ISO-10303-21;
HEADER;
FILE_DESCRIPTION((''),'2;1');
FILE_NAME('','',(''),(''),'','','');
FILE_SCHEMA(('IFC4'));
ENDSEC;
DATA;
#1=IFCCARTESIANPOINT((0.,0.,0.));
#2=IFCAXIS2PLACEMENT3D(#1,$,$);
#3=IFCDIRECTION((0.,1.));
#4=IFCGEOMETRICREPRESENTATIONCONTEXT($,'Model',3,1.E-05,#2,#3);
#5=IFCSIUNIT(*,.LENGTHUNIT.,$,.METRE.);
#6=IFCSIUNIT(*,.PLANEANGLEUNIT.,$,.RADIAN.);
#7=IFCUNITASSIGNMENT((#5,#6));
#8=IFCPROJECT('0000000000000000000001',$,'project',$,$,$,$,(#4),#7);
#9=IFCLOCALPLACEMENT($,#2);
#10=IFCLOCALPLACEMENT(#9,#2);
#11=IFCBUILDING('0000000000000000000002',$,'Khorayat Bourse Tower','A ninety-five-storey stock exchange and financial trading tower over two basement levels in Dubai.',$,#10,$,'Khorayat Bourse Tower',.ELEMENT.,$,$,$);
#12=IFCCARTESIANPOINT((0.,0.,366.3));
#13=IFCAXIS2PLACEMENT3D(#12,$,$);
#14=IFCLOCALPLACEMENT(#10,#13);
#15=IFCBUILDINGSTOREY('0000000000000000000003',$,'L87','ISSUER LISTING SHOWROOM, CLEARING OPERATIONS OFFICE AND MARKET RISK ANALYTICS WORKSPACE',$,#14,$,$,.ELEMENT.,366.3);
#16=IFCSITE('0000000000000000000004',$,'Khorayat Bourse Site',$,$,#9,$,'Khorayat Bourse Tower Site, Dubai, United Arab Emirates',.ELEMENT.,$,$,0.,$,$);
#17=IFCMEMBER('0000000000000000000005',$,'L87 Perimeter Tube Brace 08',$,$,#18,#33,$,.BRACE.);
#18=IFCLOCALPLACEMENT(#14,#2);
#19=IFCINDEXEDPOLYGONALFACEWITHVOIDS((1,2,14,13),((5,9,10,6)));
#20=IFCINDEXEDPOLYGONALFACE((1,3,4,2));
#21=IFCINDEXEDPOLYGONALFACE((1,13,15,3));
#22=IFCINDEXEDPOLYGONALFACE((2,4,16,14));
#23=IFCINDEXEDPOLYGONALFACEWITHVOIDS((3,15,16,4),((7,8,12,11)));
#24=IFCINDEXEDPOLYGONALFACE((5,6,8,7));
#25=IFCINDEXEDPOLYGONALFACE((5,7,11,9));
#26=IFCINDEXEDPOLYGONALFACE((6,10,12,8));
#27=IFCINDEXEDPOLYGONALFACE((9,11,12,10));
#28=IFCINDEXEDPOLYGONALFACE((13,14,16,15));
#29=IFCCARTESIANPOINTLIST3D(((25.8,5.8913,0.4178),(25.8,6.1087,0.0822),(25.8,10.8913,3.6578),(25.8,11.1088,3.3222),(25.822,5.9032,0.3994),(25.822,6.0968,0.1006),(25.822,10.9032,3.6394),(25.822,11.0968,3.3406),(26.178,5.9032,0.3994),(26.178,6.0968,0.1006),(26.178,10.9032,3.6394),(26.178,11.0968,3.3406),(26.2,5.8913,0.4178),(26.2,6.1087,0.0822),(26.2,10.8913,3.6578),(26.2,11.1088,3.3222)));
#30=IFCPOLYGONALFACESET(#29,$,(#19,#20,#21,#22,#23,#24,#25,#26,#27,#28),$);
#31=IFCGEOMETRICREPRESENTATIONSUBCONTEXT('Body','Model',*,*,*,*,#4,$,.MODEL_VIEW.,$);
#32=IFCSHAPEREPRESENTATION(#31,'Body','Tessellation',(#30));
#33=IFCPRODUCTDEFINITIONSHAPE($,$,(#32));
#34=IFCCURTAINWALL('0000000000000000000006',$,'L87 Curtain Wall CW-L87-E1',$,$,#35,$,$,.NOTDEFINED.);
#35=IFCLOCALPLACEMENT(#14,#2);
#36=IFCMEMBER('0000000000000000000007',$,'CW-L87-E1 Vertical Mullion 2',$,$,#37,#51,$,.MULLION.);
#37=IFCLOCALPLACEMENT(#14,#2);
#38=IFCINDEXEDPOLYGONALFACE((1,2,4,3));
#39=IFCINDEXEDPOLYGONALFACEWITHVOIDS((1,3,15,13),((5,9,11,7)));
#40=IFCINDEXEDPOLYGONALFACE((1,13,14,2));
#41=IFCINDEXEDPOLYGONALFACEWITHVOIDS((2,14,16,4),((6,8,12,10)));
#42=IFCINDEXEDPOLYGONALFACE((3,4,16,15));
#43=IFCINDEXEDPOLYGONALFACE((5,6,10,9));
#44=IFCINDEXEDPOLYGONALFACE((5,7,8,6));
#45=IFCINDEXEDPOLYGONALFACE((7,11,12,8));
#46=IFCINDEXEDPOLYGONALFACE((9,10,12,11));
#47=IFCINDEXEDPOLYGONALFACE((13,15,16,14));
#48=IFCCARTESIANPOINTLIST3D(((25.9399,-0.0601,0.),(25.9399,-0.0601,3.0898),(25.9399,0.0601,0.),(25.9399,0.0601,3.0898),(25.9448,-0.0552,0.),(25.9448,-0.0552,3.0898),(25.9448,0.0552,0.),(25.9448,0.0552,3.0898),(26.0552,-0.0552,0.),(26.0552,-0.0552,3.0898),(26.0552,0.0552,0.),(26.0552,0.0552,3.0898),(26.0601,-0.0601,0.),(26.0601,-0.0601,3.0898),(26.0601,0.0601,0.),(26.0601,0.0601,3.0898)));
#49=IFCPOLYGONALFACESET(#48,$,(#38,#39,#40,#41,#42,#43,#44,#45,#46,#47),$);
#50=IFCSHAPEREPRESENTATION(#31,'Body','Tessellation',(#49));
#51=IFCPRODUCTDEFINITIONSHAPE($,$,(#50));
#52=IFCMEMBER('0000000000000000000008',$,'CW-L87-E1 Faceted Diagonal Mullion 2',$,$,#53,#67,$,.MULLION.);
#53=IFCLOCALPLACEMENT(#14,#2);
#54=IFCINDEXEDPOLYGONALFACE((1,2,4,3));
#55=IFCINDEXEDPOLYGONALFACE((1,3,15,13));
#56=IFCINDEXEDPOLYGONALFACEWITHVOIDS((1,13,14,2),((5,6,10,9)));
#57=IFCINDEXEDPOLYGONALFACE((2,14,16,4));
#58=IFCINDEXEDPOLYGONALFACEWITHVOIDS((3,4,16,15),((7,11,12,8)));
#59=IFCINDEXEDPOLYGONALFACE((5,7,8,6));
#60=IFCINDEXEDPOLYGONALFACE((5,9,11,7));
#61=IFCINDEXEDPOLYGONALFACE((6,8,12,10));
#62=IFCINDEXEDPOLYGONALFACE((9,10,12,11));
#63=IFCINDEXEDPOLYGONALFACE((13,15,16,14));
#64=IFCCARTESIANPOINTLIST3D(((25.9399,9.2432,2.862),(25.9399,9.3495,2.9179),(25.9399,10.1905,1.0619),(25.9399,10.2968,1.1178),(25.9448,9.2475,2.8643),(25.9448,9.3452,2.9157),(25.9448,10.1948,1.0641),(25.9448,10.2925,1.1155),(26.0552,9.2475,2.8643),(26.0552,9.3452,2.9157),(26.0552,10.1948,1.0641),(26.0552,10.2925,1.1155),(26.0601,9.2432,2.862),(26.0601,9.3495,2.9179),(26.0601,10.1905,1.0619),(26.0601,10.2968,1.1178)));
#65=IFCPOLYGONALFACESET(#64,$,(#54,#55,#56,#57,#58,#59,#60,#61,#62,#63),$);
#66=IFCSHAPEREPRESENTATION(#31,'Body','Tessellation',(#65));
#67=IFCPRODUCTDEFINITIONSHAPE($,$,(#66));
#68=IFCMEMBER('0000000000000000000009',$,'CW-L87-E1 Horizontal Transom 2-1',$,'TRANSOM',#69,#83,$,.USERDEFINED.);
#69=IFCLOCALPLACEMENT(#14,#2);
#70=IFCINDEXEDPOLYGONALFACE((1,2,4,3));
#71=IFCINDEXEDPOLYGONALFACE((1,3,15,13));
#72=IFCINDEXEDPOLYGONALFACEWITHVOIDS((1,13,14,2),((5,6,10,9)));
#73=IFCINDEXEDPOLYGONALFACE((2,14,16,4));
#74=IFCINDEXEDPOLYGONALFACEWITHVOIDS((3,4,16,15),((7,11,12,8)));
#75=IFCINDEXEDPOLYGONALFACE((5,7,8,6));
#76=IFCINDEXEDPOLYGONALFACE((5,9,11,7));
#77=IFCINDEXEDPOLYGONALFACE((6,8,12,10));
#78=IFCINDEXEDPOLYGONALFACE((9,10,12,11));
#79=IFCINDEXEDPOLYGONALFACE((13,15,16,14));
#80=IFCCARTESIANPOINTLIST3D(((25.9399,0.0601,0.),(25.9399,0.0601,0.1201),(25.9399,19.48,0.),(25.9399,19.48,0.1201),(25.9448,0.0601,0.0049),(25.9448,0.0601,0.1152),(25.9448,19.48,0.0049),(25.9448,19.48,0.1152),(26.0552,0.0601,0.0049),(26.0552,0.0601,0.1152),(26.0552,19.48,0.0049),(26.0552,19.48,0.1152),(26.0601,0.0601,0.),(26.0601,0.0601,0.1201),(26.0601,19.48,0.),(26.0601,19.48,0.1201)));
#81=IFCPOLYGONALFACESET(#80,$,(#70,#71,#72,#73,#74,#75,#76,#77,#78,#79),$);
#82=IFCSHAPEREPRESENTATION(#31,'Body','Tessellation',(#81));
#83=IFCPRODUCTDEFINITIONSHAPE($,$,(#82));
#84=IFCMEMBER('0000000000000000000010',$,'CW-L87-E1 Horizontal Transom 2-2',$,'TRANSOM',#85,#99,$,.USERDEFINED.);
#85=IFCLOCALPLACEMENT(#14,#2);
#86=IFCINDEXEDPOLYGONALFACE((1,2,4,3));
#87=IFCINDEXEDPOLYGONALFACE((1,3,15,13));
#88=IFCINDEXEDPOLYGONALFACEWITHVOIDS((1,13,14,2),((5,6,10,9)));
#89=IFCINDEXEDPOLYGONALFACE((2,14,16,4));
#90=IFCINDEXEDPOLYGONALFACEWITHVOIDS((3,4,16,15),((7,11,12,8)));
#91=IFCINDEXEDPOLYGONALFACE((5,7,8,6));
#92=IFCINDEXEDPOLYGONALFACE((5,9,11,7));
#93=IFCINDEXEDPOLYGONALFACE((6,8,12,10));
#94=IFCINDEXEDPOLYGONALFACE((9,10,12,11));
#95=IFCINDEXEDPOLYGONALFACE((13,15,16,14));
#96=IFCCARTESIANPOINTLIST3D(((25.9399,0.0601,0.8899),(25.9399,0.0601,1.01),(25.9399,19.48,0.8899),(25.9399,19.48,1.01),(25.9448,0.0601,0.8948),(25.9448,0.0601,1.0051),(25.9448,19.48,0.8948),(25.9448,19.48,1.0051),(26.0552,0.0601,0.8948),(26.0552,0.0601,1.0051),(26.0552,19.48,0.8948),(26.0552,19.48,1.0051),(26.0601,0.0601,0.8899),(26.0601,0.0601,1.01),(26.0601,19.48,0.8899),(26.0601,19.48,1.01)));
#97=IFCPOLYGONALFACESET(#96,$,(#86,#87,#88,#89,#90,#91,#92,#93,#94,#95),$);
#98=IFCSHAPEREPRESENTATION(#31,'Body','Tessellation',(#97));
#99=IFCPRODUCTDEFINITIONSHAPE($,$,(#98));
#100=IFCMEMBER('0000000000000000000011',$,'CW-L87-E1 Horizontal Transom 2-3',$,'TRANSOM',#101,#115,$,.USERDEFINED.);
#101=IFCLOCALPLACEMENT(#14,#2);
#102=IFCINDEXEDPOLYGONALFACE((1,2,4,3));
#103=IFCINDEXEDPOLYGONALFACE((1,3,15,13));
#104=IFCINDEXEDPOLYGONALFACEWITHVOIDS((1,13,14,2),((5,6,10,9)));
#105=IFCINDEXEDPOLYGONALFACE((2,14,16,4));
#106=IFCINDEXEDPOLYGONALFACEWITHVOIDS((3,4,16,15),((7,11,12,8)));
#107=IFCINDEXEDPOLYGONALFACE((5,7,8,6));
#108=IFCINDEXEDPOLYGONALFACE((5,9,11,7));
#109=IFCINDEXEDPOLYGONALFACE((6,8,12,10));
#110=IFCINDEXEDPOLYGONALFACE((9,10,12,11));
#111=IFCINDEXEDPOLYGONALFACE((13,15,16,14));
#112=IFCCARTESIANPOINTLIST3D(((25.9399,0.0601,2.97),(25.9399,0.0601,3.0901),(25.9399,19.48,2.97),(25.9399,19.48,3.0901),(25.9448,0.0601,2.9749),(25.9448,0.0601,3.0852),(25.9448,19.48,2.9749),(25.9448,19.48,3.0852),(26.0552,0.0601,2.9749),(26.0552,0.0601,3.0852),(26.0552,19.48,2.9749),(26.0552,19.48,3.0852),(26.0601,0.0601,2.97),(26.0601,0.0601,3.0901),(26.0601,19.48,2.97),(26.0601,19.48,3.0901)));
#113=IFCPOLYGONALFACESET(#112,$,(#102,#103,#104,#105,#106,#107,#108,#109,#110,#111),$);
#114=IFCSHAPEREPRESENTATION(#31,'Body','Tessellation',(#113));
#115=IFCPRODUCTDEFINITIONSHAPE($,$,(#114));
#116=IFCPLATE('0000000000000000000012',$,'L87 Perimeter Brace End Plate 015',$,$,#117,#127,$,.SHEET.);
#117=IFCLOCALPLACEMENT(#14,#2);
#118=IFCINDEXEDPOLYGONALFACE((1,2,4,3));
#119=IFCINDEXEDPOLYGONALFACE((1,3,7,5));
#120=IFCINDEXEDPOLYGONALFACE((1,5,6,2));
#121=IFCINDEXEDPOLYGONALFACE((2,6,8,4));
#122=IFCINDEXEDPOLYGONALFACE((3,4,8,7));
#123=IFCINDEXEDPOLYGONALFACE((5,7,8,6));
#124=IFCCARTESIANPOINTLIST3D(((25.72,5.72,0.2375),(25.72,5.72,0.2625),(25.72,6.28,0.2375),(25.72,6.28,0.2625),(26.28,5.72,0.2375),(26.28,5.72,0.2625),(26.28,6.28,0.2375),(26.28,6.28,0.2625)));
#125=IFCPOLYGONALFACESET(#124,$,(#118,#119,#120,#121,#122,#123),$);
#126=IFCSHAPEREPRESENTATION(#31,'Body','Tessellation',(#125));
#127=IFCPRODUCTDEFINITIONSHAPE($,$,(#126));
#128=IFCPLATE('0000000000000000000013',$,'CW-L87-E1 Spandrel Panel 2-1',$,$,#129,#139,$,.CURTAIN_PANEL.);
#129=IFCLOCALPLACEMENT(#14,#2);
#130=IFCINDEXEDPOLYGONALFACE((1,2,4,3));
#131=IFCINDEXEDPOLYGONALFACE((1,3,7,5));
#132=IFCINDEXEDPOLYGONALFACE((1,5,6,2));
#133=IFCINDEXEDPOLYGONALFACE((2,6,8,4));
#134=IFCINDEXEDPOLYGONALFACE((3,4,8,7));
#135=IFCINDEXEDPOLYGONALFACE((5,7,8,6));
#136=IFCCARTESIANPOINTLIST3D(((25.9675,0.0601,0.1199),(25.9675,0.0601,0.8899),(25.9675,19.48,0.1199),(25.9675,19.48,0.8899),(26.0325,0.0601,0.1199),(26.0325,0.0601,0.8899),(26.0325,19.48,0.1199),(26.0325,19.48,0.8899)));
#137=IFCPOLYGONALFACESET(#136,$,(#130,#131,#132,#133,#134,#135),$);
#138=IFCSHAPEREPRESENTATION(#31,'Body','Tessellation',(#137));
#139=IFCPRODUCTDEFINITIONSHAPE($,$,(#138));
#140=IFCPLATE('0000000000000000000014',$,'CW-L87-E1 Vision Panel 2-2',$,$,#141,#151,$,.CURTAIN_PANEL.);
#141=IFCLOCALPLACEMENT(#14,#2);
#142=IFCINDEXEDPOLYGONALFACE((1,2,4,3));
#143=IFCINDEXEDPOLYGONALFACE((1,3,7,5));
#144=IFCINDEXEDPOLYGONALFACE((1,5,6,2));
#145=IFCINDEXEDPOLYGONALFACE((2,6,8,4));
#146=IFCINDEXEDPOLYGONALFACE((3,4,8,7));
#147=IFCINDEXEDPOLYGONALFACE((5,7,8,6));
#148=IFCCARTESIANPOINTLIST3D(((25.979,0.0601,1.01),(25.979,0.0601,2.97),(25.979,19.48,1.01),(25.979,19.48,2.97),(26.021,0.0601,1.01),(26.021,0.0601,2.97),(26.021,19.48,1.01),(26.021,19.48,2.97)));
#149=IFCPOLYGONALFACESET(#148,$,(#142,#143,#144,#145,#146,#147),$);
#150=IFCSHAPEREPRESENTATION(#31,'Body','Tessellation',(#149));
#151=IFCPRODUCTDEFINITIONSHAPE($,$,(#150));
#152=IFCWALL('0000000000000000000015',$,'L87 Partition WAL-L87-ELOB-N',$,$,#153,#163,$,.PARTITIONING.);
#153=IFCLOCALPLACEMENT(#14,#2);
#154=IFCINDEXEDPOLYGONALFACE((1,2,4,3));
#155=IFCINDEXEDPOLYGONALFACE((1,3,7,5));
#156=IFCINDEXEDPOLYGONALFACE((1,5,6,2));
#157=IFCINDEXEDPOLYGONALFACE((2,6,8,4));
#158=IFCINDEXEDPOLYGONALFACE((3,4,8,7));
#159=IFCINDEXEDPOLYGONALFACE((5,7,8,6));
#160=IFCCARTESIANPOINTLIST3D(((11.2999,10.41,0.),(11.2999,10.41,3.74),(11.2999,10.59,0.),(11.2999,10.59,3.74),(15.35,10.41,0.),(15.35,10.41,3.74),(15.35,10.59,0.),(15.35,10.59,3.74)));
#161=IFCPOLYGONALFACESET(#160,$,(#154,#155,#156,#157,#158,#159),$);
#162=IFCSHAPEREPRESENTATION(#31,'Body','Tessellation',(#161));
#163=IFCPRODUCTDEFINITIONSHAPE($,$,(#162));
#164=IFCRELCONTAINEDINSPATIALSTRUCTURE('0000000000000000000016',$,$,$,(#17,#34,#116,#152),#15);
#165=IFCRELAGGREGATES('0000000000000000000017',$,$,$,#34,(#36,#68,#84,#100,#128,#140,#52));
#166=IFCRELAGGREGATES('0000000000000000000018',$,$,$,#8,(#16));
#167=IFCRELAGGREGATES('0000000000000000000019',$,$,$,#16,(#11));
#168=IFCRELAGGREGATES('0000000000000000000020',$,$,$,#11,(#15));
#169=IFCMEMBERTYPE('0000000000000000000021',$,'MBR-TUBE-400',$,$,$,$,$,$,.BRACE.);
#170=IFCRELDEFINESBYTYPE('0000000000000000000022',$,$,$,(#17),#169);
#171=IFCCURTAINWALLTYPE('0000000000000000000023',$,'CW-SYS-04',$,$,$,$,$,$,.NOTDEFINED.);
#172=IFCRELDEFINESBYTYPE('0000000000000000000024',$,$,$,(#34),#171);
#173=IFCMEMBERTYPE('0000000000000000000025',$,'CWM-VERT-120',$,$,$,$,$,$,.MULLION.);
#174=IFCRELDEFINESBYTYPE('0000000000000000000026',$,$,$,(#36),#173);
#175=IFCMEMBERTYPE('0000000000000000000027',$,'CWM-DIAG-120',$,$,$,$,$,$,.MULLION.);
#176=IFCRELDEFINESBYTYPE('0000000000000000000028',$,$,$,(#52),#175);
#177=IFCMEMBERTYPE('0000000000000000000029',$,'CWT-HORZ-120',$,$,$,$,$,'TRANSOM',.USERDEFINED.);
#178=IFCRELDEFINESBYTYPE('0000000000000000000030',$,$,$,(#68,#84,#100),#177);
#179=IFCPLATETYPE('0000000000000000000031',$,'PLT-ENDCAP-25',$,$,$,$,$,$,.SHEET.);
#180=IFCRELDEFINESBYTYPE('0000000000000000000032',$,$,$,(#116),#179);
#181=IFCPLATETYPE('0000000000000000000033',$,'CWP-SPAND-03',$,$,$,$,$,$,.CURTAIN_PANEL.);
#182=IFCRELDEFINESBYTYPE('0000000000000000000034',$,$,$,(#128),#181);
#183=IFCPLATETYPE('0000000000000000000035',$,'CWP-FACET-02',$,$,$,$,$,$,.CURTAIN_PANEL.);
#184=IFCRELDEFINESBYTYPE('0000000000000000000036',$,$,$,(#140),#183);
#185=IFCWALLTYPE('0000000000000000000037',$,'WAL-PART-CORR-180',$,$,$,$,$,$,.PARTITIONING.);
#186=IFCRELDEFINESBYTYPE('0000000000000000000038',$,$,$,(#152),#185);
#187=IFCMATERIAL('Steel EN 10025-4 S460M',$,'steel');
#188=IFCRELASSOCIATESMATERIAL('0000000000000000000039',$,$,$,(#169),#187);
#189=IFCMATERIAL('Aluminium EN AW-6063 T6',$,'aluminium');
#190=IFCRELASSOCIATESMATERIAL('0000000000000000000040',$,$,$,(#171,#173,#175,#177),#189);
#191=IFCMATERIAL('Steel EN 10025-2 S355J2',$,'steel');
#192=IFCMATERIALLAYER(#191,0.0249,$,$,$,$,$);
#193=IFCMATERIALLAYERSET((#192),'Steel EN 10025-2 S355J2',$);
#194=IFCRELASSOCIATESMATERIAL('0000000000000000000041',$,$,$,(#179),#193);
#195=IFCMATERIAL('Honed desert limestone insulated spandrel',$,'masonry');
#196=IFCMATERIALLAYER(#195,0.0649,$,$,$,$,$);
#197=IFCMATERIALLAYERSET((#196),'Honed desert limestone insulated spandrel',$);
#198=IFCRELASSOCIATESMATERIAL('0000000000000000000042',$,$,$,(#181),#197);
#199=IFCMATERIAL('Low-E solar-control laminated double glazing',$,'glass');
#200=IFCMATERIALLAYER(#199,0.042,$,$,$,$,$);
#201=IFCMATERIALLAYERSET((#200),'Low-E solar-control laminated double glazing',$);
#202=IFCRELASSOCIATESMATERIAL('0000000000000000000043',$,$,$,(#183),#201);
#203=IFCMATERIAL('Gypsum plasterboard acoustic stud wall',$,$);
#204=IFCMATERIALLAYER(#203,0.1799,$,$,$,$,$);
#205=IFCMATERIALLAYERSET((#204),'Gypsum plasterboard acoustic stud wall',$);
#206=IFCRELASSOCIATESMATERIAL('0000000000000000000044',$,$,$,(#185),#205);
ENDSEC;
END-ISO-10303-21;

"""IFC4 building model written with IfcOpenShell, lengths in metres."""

from ifc_helpers import new_model, si_unit, direction, frame, frame_2d, origin, origin_2d, place, context, subcontext, project, spatial, rectangle, hollow_rectangle, extrude, source, transform, mapped, material, layer, layer_set, material_profile, profile_set, type_object, element, aggregate, save


model = new_model("IFC4")

# Units and contexts
model_context = context("Model", 3, precision=1e-05, world=origin(), true_north=direction((0.0, 1.0)))
body_context = subcontext(model_context, "Body", "Model", "MODEL_VIEW")
ifc_project = project(units=[si_unit("LENGTHUNIT", "METRE"), si_unit("PLANEANGLEUNIT", "RADIAN")], contexts=[model_context])

# Site, building, storey
site_placement = place(None, origin())
site = spatial("IfcSite", under=ifc_project, at=site_placement, Name="Khorayat Bourse Site", LongName="Khorayat Bourse Tower Site, Dubai, United Arab Emirates", CompositionType="ELEMENT", RefElevation=0.0)
building_placement = place(site_placement, origin())
building = spatial("IfcBuilding", under=site, at=building_placement, Name="Khorayat Bourse Tower", Description="A ninety-five-storey stock exchange and financial trading tower over two basement levels in Dubai.", LongName="Khorayat Bourse Tower", CompositionType="ELEMENT")
storey_placement = place(building_placement, frame((0.0, 0.0, 366.3)))
storey = spatial("IfcBuildingStorey", under=building, at=storey_placement, Name="L87", Description="ISSUER LISTING SHOWROOM, CLEARING OPERATIONS OFFICE AND MARKET RISK ANALYTICS WORKSPACE", CompositionType="ELEMENT", Elevation=366.3)

# Shared definitions
ifc_material_1 = material(Name="Steel EN 10025-2 S355J2", Category="steel")

# Member
ifc_material_2 = material(Name="Steel EN 10025-4 S460M", Category="steel")
ifc_material_profile_1 = material_profile(ifc_material_2, hollow_rectangle(XDim=0.3999, YDim=0.3999, WallThickness=0.022, at=origin_2d()), Name="HSS 400x400x22")
ifc_profile_set_1 = profile_set([ifc_material_profile_1], Name="Steel EN 10025-4 S460M")
member_type_1 = type_object("IfcMemberType", Name="MBR-TUBE-400", PredefinedType="BRACE", material=ifc_profile_set_1)
shared_shape_1 = source(origin(), body_context, "Body", "SweptSolid", [
    extrude(hollow_rectangle(XDim=0.3999, YDim=0.3999, WallThickness=0.022, at=origin_2d()), origin(), (0.0, 0.0, 1.0), 5.958),
])
member_1_placement = place(storey_placement, frame((26.0, 6.0, 0.25), z_axis=(0.0, 0.83921, 0.543807), x_axis=(-1.0, 0.0, 0.0)))
element("IfcMember", 1, at=member_1_placement, inside=storey, type_object=member_type_1, Name="L87 Perimeter Tube Brace 08", PredefinedType="BRACE", context=body_context, shape_type="MappedRepresentation", body=[
    mapped(shared_shape_1, transform((0.0, 0.0, 0.0), scale=1.0)),
])

# Curtain wall, members
ifc_material_3 = material(Name="Aluminium EN AW-6063 T6", Category="aluminium")
curtain_wall_type = type_object("IfcCurtainWallType", Name="CW-SYS-04", PredefinedType="NOTDEFINED", material=ifc_material_3)
curtain_wall_placement = place(storey_placement, origin())
curtain_wall = element("IfcCurtainWall", 2, at=curtain_wall_placement, inside=storey, type_object=curtain_wall_type, Name="L87 Curtain Wall CW-L87-E1", PredefinedType="NOTDEFINED")
ifc_material_profile_2 = material_profile(ifc_material_3, hollow_rectangle(XDim=0.1201, YDim=0.1201, WallThickness=0.0049, at=origin_2d()), Name="ALU 120x120x5")
ifc_profile_set_2 = profile_set([ifc_material_profile_2], Name="Aluminium EN AW-6063 T6")
member_type_2 = type_object("IfcMemberType", Name="CWM-VERT-120", PredefinedType="MULLION", material=ifc_profile_set_2)
shared_shape_2 = source(origin(), body_context, "Body", "SweptSolid", [
    extrude(hollow_rectangle(XDim=0.1201, YDim=0.1201, WallThickness=0.0049, at=origin_2d()), origin(), (0.0, 0.0, 1.0), 3.0898),
])
member_2_placement = place(storey_placement, frame((26.0, 0.0, 0.0), z_axis=(0.0, 0.0, 1.0), x_axis=(-1.0, 0.0, 0.0)))
member_2 = element("IfcMember", 3, at=member_2_placement, type_object=member_type_2, Name="CW-L87-E1 Vertical Mullion 2", PredefinedType="MULLION", context=body_context, shape_type="MappedRepresentation", body=[
    mapped(shared_shape_2, transform((0.0, 0.0, 0.0), scale=1.0)),
])
ifc_material_profile_3 = material_profile(ifc_material_3, hollow_rectangle(XDim=0.1201, YDim=0.1201, WallThickness=0.0049, at=origin_2d()), Name="ALU 120x120x5")
ifc_profile_set_3 = profile_set([ifc_material_profile_3], Name="Aluminium EN AW-6063 T6")
member_type_3 = type_object("IfcMemberType", Name="CWM-DIAG-120", PredefinedType="MULLION", material=ifc_profile_set_3)
shared_shape_3 = source(origin(), body_context, "Body", "SweptSolid", [
    extrude(hollow_rectangle(XDim=0.1201, YDim=0.1201, WallThickness=0.0049, at=origin_2d()), origin(), (0.0, 0.0, 1.0), 2.0342),
])
member_3_placement = place(storey_placement, frame((26.0, 10.2437, 1.0898), z_axis=(0.0, -0.465697, 0.884944), x_axis=(1.0, 0.0, 0.0)))
member_3 = element("IfcMember", 4, at=member_3_placement, type_object=member_type_3, Name="CW-L87-E1 Faceted Diagonal Mullion 2", PredefinedType="MULLION", context=body_context, shape_type="MappedRepresentation", body=[
    mapped(shared_shape_3, transform((0.0, 0.0, 0.0), scale=1.0)),
])
ifc_material_profile_4 = material_profile(ifc_material_3, hollow_rectangle(XDim=0.1201, YDim=0.1201, WallThickness=0.0049, at=origin_2d()), Name="ALU 120x120x5")
ifc_profile_set_4 = profile_set([ifc_material_profile_4], Name="Aluminium EN AW-6063 T6")
member_type_4 = type_object("IfcMemberType", Name="CWT-HORZ-120", ElementType="TRANSOM", PredefinedType="USERDEFINED", material=ifc_profile_set_4)
shared_shape_4 = source(origin(), body_context, "Body", "SweptSolid", [
    extrude(hollow_rectangle(XDim=0.1201, YDim=0.1201, WallThickness=0.0049, at=origin_2d()), origin(), (0.0, 0.0, 1.0), 19.4199),
])
member_4_placement = place(storey_placement, frame((26.0, 0.0601, 0.0601), z_axis=(0.0, 1.0, 0.0), x_axis=(-1.0, 0.0, 0.0)))
member_4 = element("IfcMember", 5, at=member_4_placement, type_object=member_type_4, Name="CW-L87-E1 Horizontal Transom 2-1", ObjectType="TRANSOM", PredefinedType="USERDEFINED", context=body_context, shape_type="MappedRepresentation", body=[
    mapped(shared_shape_4, transform((0.0, 0.0, 0.0), scale=1.0)),
])
member_5_placement = place(storey_placement, frame((26.0, 0.0601, 0.95), z_axis=(0.0, 1.0, 0.0), x_axis=(-1.0, 0.0, 0.0)))
member_5 = element("IfcMember", 6, at=member_5_placement, type_object=member_type_4, Name="CW-L87-E1 Horizontal Transom 2-2", ObjectType="TRANSOM", PredefinedType="USERDEFINED", context=body_context, shape_type="MappedRepresentation", body=[
    mapped(shared_shape_4, transform((0.0, 0.0, 0.0), scale=1.0)),
])
member_6_placement = place(storey_placement, frame((26.0, 0.0601, 3.03), z_axis=(0.0, 1.0, 0.0), x_axis=(-1.0, 0.0, 0.0)))
member_6 = element("IfcMember", 7, at=member_6_placement, type_object=member_type_4, Name="CW-L87-E1 Horizontal Transom 2-3", ObjectType="TRANSOM", PredefinedType="USERDEFINED", context=body_context, shape_type="MappedRepresentation", body=[
    mapped(shared_shape_4, transform((0.0, 0.0, 0.0), scale=1.0)),
])

# Plates
ifc_layer_1 = layer(ifc_material_1, 0.0249)
ifc_layer_set_1 = layer_set([ifc_layer_1], Name="Steel EN 10025-2 S355J2")
plate_type_1 = type_object("IfcPlateType", Name="PLT-ENDCAP-25", PredefinedType="SHEET", material=ifc_layer_set_1)
shared_shape_5 = source(origin(), body_context, "Body", "SweptSolid", [
    extrude(rectangle(XDim=0.5601, YDim=0.5601, at=origin_2d()), origin(), (0.0, 0.0, 1.0), 0.0249),
])
plate_1_placement = place(storey_placement, frame((26.0, 6.0, 0.2375), z_axis=(0.0, 0.0, 1.0), x_axis=(1.0, 0.0, 0.0)))
element("IfcPlate", 8, at=plate_1_placement, inside=storey, type_object=plate_type_1, Name="L87 Perimeter Brace End Plate 015", PredefinedType="SHEET", context=body_context, shape_type="MappedRepresentation", body=[
    mapped(shared_shape_5, transform((0.0, 0.0, 0.0), scale=1.0)),
])
ifc_material_4 = material(Name="Honed desert limestone insulated spandrel", Category="masonry")
ifc_layer_2 = layer(ifc_material_4, 0.0649)
ifc_layer_set_2 = layer_set([ifc_layer_2], Name="Honed desert limestone insulated spandrel")
plate_type_2 = type_object("IfcPlateType", Name="CWP-SPAND-03", PredefinedType="CURTAIN_PANEL", material=ifc_layer_set_2)
shared_shape_6 = source(origin(), body_context, "Body", "SweptSolid", [
    extrude(rectangle(XDim=19.4199, YDim=0.0649, at=origin_2d()), origin(), (0.0, 0.0, 1.0), 0.77),
])
plate_2_placement = place(storey_placement, frame((26.0, 9.77, 0.1199), z_axis=(0.0, 0.0, 1.0), x_axis=(0.0, 1.0, 0.0)))
plate_2 = element("IfcPlate", 9, at=plate_2_placement, type_object=plate_type_2, Name="CW-L87-E1 Spandrel Panel 2-1", PredefinedType="CURTAIN_PANEL", context=body_context, shape_type="MappedRepresentation", body=[
    mapped(shared_shape_6, transform((0.0, 0.0, 0.0), scale=1.0)),
])
ifc_material_5 = material(Name="Low-E solar-control laminated double glazing", Category="glass")
ifc_layer_3 = layer(ifc_material_5, 0.042)
ifc_layer_set_3 = layer_set([ifc_layer_3], Name="Low-E solar-control laminated double glazing")
plate_type_3 = type_object("IfcPlateType", Name="CWP-FACET-02", PredefinedType="CURTAIN_PANEL", material=ifc_layer_set_3)
shared_shape_7 = source(origin(), body_context, "Body", "SweptSolid", [
    extrude(rectangle(XDim=19.4199, YDim=0.042, at=origin_2d()), origin(), (0.0, 0.0, 1.0), 1.96),
])
plate_3_placement = place(storey_placement, frame((26.0, 9.77, 1.01), z_axis=(0.0, 0.0, 1.0), x_axis=(0.0, 1.0, 0.0)))
plate_3 = element("IfcPlate", 10, at=plate_3_placement, type_object=plate_type_3, Name="CW-L87-E1 Vision Panel 2-2", PredefinedType="CURTAIN_PANEL", context=body_context, shape_type="MappedRepresentation", body=[
    mapped(shared_shape_7, transform((0.0, 0.0, 0.0), scale=1.0)),
])
aggregate(curtain_wall, [member_2, member_4, member_5, member_6, plate_2, plate_3, member_3])

# Wall
ifc_material_6 = material(Name="Gypsum plasterboard acoustic stud wall")
ifc_layer_4 = layer(ifc_material_6, 0.1799)
ifc_layer_set_4 = layer_set([ifc_layer_4], Name="Gypsum plasterboard acoustic stud wall")
wall_type_1 = type_object("IfcWallType", Name="WAL-PART-CORR-180", PredefinedType="PARTITIONING", material=ifc_layer_set_4)
shared_shape_8 = source(origin(), body_context, "Body", "SweptSolid", [
    extrude(rectangle(XDim=4.05, YDim=0.1799, at=frame_2d((2.0249, 0.0))), origin(), (0.0, 0.0, 1.0), 3.74),
])
wall_1_placement = place(storey_placement, frame((11.3, 10.5, 0.0), z_axis=(0.0, 0.0, 1.0), x_axis=(1.0, 0.0, 0.0)))
element("IfcWall", 11, at=wall_1_placement, inside=storey, type_object=wall_type_1, Name="L87 Partition WAL-L87-ELOB-N", PredefinedType="PARTITIONING", context=body_context, shape_type="MappedRepresentation", body=[
    mapped(shared_shape_8, transform((0.0, 0.0, 0.0), scale=1.0)),
])

save(model, "model.ifc")
